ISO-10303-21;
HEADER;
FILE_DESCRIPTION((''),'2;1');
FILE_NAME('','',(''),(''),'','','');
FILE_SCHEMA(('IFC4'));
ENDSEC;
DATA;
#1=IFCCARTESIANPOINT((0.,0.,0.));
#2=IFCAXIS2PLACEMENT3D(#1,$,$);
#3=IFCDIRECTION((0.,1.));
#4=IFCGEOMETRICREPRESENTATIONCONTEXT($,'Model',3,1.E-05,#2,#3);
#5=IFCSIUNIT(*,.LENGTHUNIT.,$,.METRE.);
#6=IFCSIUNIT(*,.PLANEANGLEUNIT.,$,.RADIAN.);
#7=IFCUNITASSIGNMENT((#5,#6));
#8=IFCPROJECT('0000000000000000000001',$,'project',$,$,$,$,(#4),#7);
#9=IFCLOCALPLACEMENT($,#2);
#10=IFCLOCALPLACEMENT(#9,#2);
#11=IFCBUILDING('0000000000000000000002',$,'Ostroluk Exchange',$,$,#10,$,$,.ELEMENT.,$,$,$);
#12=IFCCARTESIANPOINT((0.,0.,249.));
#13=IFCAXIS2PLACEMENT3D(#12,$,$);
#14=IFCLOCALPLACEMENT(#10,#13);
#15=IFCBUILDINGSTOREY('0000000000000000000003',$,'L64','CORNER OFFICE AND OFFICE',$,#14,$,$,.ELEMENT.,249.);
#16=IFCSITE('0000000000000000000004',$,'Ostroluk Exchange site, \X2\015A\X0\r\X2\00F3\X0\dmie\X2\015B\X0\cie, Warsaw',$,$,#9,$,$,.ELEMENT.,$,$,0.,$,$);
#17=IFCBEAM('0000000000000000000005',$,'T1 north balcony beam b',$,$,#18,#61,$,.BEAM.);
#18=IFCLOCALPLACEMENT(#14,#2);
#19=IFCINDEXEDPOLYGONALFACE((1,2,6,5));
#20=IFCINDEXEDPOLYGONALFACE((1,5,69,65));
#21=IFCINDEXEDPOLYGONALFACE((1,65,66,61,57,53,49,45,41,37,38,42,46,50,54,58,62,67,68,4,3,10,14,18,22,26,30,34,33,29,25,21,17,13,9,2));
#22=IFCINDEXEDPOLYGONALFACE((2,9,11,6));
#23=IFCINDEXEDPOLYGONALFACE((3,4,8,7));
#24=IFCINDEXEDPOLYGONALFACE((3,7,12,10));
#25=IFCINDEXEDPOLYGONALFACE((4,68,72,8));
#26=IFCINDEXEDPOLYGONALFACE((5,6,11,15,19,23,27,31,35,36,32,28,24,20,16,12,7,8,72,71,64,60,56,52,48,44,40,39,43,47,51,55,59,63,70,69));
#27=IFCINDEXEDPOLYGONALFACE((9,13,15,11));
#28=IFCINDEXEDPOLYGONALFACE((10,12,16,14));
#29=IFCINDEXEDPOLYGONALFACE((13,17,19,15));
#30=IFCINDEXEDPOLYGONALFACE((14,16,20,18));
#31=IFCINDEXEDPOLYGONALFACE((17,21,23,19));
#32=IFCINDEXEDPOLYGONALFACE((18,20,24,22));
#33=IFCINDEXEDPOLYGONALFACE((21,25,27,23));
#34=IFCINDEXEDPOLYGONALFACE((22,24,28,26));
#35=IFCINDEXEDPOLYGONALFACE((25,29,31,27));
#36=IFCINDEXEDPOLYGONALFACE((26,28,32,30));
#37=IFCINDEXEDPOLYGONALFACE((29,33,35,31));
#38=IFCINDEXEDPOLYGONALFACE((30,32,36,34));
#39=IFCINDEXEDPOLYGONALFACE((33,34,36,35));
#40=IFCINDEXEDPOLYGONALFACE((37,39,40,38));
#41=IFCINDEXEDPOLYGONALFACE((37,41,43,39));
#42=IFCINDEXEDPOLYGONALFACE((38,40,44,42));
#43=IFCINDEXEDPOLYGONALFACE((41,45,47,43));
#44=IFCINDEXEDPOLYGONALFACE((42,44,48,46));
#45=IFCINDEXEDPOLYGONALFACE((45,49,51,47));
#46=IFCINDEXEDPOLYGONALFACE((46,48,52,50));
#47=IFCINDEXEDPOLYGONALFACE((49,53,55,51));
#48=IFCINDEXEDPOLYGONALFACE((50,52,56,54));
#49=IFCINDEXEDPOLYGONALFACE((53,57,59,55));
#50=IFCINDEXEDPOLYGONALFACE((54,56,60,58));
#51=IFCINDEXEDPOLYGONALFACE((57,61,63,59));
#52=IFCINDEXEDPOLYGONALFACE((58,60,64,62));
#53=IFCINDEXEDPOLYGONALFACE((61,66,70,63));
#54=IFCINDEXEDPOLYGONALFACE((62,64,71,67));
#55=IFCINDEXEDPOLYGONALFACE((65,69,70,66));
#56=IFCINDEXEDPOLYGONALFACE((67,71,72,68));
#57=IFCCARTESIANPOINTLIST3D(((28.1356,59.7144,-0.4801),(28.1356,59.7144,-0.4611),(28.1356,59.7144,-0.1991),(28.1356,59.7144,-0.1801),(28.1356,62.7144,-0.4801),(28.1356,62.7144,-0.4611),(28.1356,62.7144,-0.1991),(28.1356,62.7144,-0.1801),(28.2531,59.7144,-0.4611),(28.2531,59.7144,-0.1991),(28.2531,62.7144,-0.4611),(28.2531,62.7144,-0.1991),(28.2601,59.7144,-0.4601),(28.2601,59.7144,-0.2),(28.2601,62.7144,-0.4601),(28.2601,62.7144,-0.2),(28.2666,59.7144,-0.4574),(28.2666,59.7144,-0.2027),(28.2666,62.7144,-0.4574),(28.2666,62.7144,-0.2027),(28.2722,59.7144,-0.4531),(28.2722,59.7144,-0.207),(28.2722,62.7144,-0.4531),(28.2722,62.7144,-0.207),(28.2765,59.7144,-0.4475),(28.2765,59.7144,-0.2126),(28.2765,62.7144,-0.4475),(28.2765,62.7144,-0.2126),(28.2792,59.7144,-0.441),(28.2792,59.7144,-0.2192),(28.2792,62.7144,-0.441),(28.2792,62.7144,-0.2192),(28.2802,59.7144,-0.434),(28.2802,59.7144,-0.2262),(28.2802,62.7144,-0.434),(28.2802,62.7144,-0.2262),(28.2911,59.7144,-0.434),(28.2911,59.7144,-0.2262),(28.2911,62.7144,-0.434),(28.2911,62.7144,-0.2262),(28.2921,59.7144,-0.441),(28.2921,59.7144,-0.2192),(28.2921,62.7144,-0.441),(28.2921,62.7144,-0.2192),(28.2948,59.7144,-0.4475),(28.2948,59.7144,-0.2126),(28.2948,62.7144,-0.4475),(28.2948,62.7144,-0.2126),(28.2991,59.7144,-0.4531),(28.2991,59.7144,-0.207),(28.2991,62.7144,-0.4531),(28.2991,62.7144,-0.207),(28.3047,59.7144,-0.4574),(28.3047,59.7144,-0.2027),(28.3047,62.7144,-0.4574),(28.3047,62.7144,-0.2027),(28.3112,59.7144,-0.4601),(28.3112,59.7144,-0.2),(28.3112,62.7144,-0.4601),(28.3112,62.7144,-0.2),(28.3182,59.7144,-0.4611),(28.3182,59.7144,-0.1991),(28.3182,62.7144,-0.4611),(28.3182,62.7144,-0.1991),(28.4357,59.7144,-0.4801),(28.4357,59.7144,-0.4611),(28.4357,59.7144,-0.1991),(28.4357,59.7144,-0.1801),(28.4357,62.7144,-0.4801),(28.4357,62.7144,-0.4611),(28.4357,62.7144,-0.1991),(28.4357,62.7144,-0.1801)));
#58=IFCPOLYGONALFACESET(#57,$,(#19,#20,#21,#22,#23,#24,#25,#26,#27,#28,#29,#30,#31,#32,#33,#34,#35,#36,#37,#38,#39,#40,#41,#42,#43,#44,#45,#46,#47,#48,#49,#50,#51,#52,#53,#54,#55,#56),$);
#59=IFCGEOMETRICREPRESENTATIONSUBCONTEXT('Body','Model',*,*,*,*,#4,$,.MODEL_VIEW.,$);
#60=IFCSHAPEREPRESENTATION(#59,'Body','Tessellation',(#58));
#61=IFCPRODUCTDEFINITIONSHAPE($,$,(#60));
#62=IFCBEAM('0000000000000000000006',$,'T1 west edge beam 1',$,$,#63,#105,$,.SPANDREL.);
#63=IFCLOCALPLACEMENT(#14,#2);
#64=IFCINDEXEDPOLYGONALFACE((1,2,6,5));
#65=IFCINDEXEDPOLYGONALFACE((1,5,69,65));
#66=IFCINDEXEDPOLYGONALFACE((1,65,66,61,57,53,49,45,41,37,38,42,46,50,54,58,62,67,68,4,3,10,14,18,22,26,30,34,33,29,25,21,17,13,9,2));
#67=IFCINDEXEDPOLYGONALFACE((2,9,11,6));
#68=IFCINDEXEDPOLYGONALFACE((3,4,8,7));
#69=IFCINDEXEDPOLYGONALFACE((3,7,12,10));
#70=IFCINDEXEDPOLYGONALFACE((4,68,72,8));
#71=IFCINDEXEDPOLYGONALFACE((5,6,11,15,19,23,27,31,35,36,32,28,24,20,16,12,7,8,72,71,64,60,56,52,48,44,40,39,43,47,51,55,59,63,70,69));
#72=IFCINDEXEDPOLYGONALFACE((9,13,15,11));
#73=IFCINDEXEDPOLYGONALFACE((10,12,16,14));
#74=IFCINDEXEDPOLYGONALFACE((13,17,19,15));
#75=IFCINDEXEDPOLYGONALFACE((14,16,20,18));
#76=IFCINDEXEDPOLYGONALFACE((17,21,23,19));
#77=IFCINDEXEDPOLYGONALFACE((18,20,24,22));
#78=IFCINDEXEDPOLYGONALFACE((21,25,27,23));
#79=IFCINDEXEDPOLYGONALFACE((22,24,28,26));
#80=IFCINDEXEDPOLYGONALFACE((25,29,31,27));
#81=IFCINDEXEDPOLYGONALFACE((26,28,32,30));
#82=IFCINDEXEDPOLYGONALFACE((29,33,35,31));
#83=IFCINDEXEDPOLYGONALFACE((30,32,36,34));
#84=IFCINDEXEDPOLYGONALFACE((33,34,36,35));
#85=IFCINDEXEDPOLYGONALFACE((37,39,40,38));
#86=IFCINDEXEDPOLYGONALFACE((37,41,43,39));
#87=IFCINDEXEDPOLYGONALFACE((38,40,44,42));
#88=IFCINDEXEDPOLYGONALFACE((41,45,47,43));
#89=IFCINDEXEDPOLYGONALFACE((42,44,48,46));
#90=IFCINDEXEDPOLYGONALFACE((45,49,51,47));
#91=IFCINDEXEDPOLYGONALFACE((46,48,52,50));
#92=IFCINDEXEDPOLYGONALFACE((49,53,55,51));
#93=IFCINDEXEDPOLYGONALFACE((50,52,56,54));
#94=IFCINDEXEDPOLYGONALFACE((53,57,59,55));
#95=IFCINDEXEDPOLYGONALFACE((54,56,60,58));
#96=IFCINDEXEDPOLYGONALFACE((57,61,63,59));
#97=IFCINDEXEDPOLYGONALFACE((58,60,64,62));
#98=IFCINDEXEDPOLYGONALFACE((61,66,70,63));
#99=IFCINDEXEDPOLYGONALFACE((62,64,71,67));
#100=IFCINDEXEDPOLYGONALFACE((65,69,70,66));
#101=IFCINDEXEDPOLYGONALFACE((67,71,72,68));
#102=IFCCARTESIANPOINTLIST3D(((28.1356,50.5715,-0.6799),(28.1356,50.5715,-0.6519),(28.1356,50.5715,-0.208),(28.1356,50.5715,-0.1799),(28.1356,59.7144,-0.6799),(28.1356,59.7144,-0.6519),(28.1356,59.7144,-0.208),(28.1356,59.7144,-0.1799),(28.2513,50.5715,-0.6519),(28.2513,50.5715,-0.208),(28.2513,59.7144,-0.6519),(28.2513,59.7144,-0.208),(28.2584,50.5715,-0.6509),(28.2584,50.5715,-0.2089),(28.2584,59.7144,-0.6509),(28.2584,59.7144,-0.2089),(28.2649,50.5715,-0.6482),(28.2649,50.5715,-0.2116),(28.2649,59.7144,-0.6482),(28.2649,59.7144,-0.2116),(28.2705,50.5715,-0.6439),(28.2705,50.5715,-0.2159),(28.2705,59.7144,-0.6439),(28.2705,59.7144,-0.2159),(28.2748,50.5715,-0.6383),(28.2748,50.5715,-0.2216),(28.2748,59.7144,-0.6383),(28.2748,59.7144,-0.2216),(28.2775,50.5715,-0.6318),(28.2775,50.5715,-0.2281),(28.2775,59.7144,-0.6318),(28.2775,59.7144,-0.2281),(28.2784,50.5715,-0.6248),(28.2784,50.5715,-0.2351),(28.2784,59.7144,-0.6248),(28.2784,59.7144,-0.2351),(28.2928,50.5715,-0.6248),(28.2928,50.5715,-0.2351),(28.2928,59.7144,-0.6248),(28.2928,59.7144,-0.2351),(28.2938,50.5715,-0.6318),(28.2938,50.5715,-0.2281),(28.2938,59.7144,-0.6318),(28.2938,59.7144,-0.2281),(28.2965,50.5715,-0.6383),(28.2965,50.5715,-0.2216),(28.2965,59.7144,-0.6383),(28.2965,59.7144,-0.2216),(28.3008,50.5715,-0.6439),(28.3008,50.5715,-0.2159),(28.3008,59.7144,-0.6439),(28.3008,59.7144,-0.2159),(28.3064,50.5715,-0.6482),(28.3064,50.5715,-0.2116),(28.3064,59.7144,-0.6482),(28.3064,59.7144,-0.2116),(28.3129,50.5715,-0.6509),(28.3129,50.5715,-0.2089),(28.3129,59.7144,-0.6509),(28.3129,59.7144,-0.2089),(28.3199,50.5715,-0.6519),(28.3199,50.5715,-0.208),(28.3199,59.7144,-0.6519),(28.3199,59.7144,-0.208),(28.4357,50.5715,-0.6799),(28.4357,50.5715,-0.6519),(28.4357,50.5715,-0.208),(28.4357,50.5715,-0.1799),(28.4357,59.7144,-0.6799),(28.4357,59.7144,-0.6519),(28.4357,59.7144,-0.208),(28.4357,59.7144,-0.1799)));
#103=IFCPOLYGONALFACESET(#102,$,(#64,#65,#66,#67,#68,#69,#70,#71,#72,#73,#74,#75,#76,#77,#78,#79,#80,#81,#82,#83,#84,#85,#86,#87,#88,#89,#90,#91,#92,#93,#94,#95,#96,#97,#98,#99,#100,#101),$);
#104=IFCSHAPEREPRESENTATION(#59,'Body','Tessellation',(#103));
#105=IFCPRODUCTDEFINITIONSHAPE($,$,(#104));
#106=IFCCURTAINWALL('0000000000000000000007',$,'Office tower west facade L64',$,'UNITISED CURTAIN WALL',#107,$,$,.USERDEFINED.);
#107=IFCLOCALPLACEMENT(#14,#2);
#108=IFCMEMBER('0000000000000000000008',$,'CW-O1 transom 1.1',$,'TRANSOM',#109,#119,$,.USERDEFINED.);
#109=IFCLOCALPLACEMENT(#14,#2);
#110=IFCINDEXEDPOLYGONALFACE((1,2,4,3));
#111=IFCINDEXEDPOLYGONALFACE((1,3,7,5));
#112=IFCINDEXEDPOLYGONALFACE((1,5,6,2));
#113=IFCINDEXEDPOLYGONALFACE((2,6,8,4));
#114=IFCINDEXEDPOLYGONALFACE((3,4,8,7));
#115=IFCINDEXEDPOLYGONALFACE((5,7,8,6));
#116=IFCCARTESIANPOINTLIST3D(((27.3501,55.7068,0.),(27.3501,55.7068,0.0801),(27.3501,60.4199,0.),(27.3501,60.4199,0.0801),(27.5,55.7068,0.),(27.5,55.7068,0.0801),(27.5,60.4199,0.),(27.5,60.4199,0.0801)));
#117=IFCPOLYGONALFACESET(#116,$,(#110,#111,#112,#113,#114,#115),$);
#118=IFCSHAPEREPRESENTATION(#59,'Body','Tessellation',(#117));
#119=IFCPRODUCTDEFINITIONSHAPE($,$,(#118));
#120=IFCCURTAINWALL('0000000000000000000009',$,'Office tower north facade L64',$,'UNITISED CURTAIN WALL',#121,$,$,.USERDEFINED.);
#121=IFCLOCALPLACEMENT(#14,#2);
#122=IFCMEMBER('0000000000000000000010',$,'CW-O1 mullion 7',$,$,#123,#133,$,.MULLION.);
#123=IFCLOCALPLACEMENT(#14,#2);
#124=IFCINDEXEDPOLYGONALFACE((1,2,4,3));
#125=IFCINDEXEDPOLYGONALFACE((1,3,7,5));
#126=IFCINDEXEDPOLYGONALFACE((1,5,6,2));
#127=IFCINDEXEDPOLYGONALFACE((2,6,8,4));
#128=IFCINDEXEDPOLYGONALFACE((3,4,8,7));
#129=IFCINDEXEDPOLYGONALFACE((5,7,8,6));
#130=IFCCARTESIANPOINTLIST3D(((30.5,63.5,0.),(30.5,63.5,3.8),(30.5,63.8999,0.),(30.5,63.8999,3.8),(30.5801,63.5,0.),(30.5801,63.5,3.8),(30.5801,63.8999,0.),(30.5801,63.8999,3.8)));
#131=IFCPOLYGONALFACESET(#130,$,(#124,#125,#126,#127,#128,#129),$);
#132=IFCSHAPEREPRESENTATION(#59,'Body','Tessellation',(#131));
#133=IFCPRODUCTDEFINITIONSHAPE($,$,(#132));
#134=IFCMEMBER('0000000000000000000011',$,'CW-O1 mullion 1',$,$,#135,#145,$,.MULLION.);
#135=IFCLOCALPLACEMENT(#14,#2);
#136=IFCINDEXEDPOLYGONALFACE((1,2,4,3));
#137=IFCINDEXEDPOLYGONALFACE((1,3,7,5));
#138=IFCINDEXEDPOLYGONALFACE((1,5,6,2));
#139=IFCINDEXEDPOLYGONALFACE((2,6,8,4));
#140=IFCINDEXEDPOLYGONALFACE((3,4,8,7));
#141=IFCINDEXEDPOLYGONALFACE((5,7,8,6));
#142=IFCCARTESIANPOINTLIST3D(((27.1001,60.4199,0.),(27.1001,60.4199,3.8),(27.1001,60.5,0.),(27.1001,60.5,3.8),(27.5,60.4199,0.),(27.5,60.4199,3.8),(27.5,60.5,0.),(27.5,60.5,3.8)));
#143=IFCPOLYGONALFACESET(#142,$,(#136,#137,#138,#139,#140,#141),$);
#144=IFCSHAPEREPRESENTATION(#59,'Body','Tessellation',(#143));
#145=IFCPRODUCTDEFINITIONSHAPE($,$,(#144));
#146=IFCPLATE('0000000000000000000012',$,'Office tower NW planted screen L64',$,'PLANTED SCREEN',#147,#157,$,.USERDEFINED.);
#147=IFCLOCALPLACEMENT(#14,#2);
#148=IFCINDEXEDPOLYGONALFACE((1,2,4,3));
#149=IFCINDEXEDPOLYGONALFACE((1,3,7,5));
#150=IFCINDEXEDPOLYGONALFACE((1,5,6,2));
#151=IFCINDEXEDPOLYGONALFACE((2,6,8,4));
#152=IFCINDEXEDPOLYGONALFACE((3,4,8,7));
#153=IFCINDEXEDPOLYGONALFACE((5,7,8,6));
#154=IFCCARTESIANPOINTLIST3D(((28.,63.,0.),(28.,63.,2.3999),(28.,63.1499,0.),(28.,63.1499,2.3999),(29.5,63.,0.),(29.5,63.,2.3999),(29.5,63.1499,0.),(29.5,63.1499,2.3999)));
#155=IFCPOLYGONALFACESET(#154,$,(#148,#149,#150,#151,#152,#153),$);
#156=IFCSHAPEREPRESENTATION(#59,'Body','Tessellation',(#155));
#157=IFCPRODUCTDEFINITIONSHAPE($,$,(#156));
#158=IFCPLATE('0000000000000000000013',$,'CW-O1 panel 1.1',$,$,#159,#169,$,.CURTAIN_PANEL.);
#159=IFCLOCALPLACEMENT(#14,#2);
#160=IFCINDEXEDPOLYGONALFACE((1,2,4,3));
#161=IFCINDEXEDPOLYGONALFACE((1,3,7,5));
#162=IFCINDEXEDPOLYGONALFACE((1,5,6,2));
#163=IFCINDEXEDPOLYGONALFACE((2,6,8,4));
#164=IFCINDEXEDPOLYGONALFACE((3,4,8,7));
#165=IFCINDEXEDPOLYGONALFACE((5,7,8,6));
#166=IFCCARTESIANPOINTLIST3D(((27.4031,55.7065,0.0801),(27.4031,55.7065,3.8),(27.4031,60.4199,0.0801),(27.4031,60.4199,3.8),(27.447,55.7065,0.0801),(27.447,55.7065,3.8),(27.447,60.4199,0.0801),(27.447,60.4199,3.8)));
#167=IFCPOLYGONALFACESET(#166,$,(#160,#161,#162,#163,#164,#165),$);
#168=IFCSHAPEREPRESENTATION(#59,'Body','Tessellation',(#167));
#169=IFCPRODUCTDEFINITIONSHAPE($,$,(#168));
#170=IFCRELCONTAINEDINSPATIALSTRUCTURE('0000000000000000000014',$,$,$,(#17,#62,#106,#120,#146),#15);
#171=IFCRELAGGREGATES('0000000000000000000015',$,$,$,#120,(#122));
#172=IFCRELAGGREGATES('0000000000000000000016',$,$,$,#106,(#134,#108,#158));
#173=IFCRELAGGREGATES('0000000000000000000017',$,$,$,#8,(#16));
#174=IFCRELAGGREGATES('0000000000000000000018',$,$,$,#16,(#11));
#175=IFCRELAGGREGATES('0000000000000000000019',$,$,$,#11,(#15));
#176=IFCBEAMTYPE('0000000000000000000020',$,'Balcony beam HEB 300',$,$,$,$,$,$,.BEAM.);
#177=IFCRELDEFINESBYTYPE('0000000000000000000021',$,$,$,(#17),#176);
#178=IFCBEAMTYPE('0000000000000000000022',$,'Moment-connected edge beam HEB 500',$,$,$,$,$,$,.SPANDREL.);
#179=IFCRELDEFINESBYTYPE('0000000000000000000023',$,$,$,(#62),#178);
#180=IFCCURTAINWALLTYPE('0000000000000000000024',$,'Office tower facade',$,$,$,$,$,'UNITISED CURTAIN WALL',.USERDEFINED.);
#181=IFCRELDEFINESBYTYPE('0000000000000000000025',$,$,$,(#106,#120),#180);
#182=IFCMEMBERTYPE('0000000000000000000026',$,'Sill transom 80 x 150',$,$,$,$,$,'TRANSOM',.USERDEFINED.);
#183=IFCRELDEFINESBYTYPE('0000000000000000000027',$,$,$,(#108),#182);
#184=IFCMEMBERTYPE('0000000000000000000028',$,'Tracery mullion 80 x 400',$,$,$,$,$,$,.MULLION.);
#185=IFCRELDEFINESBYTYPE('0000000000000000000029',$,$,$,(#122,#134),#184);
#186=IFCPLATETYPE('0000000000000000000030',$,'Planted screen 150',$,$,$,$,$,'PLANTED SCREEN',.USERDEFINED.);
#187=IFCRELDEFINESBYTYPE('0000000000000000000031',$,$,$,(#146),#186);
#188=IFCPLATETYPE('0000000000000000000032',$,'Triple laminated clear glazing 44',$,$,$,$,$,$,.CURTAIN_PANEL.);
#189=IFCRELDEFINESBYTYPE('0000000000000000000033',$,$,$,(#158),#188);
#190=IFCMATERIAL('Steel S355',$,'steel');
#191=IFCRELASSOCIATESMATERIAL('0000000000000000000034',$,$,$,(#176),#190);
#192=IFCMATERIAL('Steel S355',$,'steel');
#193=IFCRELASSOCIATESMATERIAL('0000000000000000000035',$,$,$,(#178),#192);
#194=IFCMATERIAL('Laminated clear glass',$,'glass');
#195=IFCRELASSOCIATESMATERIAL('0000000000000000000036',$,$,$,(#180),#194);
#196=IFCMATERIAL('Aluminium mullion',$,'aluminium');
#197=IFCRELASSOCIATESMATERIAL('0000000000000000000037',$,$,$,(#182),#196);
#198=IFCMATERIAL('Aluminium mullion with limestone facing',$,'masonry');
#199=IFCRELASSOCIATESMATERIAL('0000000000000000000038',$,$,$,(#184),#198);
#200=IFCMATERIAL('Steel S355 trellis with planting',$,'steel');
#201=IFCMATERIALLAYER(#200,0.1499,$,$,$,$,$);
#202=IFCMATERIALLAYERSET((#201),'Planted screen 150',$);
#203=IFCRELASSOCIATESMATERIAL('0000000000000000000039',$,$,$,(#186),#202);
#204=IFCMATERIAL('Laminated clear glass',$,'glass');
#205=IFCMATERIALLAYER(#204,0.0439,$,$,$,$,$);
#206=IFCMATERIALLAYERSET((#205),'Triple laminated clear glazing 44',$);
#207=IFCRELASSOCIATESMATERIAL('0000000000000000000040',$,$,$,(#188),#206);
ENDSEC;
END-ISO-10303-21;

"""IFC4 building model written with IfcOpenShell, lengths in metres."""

from ifc_helpers import new_model, si_unit, direction, frame, origin, origin_2d, place, context, subcontext, project, spatial, rectangle, i_section, extrude, material, layer, layer_set, material_profile, profile_set, type_object, element, aggregate, save


model = new_model("IFC4")

# Units and contexts
model_context = context("Model", 3, precision=1e-05, world=origin(), true_north=direction((0.0, 1.0)))
body_context = subcontext(model_context, "Body", "Model", "MODEL_VIEW")
ifc_project = project(units=[si_unit("LENGTHUNIT", "METRE"), si_unit("PLANEANGLEUNIT", "RADIAN")], contexts=[model_context])

# Site, building, storey
site_placement = place(None, origin())
site = spatial("IfcSite", under=ifc_project, at=site_placement, Name="Ostroluk Exchange site, Śródmieście, Warsaw", CompositionType="ELEMENT", RefElevation=0.0)
building_placement = place(site_placement, origin())
building = spatial("IfcBuilding", under=site, at=building_placement, Name="Ostroluk Exchange", CompositionType="ELEMENT")
storey_placement = place(building_placement, frame((0.0, 0.0, 249.0)))
storey = spatial("IfcBuildingStorey", under=building, at=storey_placement, Name="L64", Description="CORNER OFFICE AND OFFICE", CompositionType="ELEMENT", Elevation=249.0)

# Beams
ifc_material_1 = material(Name="Steel S355", Category="steel")
ifc_material_profile_1 = material_profile(ifc_material_1, i_section(OverallWidth=0.3, OverallDepth=0.3, WebThickness=0.011, FlangeThickness=0.019, FilletRadius=0.0271, at=origin_2d()), Name="HEB 300")
ifc_profile_set_1 = profile_set([ifc_material_profile_1], Name="Steel S355")
beam_type_1 = type_object("IfcBeamType", Name="Balcony beam HEB 300", PredefinedType="BEAM", material=ifc_profile_set_1)
for number, where, z_axis, x_axis, name in (
    (1, (28.2856, 59.7144, -0.3301), (0.0, 1.0, 0.0), (-1.0, 0.0, 0.0), "T1 north balcony beam b"),
):
    element("IfcBeam", number, at=place(storey_placement, frame(where, z_axis=z_axis, x_axis=x_axis)), inside=storey, type_object=beam_type_1, Name=name, PredefinedType="BEAM", context=body_context, shape_type="SweptSolid", body=[
        extrude(i_section(OverallWidth=0.3, OverallDepth=0.3, WebThickness=0.011, FlangeThickness=0.019, FilletRadius=0.0271, at=origin_2d()), origin(), (0.0, 0.0, 1.0), 3.0),
    ])
ifc_material_2 = material(Name="Steel S355", Category="steel")
ifc_material_profile_2 = material_profile(ifc_material_2, i_section(OverallWidth=0.3, OverallDepth=0.5, WebThickness=0.0144, FlangeThickness=0.0281, FilletRadius=0.0271, at=origin_2d()), Name="HEB 500")
ifc_profile_set_2 = profile_set([ifc_material_profile_2], Name="Steel S355")
beam_type_2 = type_object("IfcBeamType", Name="Moment-connected edge beam HEB 500", PredefinedType="SPANDREL", material=ifc_profile_set_2)
beam_placement = place(storey_placement, frame((28.2856, 59.7144, -0.4299), z_axis=(0.0, -1.0, 0.0), x_axis=(1.0, 0.0, 0.0)))
element("IfcBeam", 2, at=beam_placement, inside=storey, type_object=beam_type_2, Name="T1 west edge beam 1", PredefinedType="SPANDREL", context=body_context, shape_type="SweptSolid", body=[
    extrude(i_section(OverallWidth=0.3, OverallDepth=0.5, WebThickness=0.0144, FlangeThickness=0.0281, FilletRadius=0.0271, at=origin_2d()), origin(), (0.0, 0.0, 1.0), 9.1428),
])

# Curtain walls, members
ifc_material_3 = material(Name="Laminated clear glass", Category="glass")
curtain_wall_type = type_object("IfcCurtainWallType", Name="Office tower facade", ElementType="UNITISED CURTAIN WALL", PredefinedType="USERDEFINED", material=ifc_material_3)
curtain_wall_1_placement = place(storey_placement, origin())
curtain_wall_1 = element("IfcCurtainWall", 3, at=curtain_wall_1_placement, inside=storey, type_object=curtain_wall_type, Name="Office tower west facade L64", ObjectType="UNITISED CURTAIN WALL", PredefinedType="USERDEFINED")
ifc_material_4 = material(Name="Aluminium mullion", Category="aluminium")
ifc_material_profile_3 = material_profile(ifc_material_4, rectangle(XDim=0.1499, YDim=0.0801, at=origin_2d()), Name="Sill transom 80 x 150")
ifc_profile_set_3 = profile_set([ifc_material_profile_3], Name="Aluminium mullion")
member_type_1 = type_object("IfcMemberType", Name="Sill transom 80 x 150", ElementType="TRANSOM", PredefinedType="USERDEFINED", material=ifc_profile_set_3)
member_1_placement = place(storey_placement, frame((27.425, 60.4199, 0.04), z_axis=(0.0, -1.0, 0.0), x_axis=(1.0, 0.0, 0.0)))
member_1 = element("IfcMember", 4, at=member_1_placement, type_object=member_type_1, Name="CW-O1 transom 1.1", ObjectType="TRANSOM", PredefinedType="USERDEFINED", context=body_context, shape_type="SweptSolid", body=[
    extrude(rectangle(XDim=0.1499, YDim=0.0801, at=origin_2d()), origin(), (0.0, 0.0, 1.0), 4.7131),
])
curtain_wall_2_placement = place(storey_placement, origin())
curtain_wall_2 = element("IfcCurtainWall", 5, at=curtain_wall_2_placement, inside=storey, type_object=curtain_wall_type, Name="Office tower north facade L64", ObjectType="UNITISED CURTAIN WALL", PredefinedType="USERDEFINED")
ifc_material_5 = material(Name="Aluminium mullion with limestone facing", Category="masonry")
ifc_material_profile_4 = material_profile(ifc_material_5, rectangle(XDim=0.3999, YDim=0.0801, at=origin_2d()), Name="Tracery mullion 80 x 400")
ifc_profile_set_4 = profile_set([ifc_material_profile_4], Name="Aluminium mullion with limestone facing")
member_type_2 = type_object("IfcMemberType", Name="Tracery mullion 80 x 400", PredefinedType="MULLION", material=ifc_profile_set_4)
member_2_placement = place(storey_placement, frame((30.54, 63.7, 0.0), z_axis=(0.0, 0.0, 1.0), x_axis=(0.0, -1.0, 0.0)))
member_2 = element("IfcMember", 6, at=member_2_placement, type_object=member_type_2, Name="CW-O1 mullion 7", PredefinedType="MULLION", context=body_context, shape_type="SweptSolid", body=[
    extrude(rectangle(XDim=0.3999, YDim=0.0801, at=origin_2d()), origin(), (0.0, 0.0, 1.0), 3.8),
])
aggregate(curtain_wall_2, [member_2])

# Member
member_3_placement = place(storey_placement, frame((27.3, 60.46, 0.0), z_axis=(0.0, 0.0, 1.0), x_axis=(1.0, 0.0, 0.0)))
member_3 = element("IfcMember", 7, at=member_3_placement, type_object=member_type_2, Name="CW-O1 mullion 1", PredefinedType="MULLION", context=body_context, shape_type="SweptSolid", body=[
    extrude(rectangle(XDim=0.3999, YDim=0.0801, at=origin_2d()), origin(), (0.0, 0.0, 1.0), 3.8),
])

# Plates
ifc_material_6 = material(Name="Steel S355 trellis with planting", Category="steel")
ifc_layer_1 = layer(ifc_material_6, 0.1499)
ifc_layer_set_1 = layer_set([ifc_layer_1], Name="Planted screen 150")
plate_type_1 = type_object("IfcPlateType", Name="Planted screen 150", ElementType="PLANTED SCREEN", PredefinedType="USERDEFINED", material=ifc_layer_set_1)
plate_1_placement = place(storey_placement, frame((28.75, 63.075, 0.0), z_axis=(0.0, 0.0, 1.0), x_axis=(1.0, 0.0, 0.0)))
element("IfcPlate", 8, at=plate_1_placement, inside=storey, type_object=plate_type_1, Name="Office tower NW planted screen L64", ObjectType="PLANTED SCREEN", PredefinedType="USERDEFINED", context=body_context, shape_type="SweptSolid", body=[
    extrude(rectangle(XDim=1.5, YDim=0.1499, at=origin_2d()), origin(), (0.0, 0.0, 1.0), 2.3999),
])
ifc_material_7 = material(Name="Laminated clear glass", Category="glass")
ifc_layer_2 = layer(ifc_material_7, 0.0439)
ifc_layer_set_2 = layer_set([ifc_layer_2], Name="Triple laminated clear glazing 44")
plate_type_2 = type_object("IfcPlateType", Name="Triple laminated clear glazing 44", PredefinedType="CURTAIN_PANEL", material=ifc_layer_set_2)
plate_2_placement = place(storey_placement, frame((27.425, 58.0632, 0.0801), z_axis=(0.0, 0.0, 1.0), x_axis=(0.0, -1.0, 0.0)))
plate_2 = element("IfcPlate", 9, at=plate_2_placement, type_object=plate_type_2, Name="CW-O1 panel 1.1", PredefinedType="CURTAIN_PANEL", context=body_context, shape_type="SweptSolid", body=[
    extrude(rectangle(XDim=4.7134, YDim=0.0439, at=origin_2d()), origin(), (0.0, 0.0, 1.0), 3.72),
])
aggregate(curtain_wall_1, [member_3, member_1, plate_2])

save(model, "model.ifc")
